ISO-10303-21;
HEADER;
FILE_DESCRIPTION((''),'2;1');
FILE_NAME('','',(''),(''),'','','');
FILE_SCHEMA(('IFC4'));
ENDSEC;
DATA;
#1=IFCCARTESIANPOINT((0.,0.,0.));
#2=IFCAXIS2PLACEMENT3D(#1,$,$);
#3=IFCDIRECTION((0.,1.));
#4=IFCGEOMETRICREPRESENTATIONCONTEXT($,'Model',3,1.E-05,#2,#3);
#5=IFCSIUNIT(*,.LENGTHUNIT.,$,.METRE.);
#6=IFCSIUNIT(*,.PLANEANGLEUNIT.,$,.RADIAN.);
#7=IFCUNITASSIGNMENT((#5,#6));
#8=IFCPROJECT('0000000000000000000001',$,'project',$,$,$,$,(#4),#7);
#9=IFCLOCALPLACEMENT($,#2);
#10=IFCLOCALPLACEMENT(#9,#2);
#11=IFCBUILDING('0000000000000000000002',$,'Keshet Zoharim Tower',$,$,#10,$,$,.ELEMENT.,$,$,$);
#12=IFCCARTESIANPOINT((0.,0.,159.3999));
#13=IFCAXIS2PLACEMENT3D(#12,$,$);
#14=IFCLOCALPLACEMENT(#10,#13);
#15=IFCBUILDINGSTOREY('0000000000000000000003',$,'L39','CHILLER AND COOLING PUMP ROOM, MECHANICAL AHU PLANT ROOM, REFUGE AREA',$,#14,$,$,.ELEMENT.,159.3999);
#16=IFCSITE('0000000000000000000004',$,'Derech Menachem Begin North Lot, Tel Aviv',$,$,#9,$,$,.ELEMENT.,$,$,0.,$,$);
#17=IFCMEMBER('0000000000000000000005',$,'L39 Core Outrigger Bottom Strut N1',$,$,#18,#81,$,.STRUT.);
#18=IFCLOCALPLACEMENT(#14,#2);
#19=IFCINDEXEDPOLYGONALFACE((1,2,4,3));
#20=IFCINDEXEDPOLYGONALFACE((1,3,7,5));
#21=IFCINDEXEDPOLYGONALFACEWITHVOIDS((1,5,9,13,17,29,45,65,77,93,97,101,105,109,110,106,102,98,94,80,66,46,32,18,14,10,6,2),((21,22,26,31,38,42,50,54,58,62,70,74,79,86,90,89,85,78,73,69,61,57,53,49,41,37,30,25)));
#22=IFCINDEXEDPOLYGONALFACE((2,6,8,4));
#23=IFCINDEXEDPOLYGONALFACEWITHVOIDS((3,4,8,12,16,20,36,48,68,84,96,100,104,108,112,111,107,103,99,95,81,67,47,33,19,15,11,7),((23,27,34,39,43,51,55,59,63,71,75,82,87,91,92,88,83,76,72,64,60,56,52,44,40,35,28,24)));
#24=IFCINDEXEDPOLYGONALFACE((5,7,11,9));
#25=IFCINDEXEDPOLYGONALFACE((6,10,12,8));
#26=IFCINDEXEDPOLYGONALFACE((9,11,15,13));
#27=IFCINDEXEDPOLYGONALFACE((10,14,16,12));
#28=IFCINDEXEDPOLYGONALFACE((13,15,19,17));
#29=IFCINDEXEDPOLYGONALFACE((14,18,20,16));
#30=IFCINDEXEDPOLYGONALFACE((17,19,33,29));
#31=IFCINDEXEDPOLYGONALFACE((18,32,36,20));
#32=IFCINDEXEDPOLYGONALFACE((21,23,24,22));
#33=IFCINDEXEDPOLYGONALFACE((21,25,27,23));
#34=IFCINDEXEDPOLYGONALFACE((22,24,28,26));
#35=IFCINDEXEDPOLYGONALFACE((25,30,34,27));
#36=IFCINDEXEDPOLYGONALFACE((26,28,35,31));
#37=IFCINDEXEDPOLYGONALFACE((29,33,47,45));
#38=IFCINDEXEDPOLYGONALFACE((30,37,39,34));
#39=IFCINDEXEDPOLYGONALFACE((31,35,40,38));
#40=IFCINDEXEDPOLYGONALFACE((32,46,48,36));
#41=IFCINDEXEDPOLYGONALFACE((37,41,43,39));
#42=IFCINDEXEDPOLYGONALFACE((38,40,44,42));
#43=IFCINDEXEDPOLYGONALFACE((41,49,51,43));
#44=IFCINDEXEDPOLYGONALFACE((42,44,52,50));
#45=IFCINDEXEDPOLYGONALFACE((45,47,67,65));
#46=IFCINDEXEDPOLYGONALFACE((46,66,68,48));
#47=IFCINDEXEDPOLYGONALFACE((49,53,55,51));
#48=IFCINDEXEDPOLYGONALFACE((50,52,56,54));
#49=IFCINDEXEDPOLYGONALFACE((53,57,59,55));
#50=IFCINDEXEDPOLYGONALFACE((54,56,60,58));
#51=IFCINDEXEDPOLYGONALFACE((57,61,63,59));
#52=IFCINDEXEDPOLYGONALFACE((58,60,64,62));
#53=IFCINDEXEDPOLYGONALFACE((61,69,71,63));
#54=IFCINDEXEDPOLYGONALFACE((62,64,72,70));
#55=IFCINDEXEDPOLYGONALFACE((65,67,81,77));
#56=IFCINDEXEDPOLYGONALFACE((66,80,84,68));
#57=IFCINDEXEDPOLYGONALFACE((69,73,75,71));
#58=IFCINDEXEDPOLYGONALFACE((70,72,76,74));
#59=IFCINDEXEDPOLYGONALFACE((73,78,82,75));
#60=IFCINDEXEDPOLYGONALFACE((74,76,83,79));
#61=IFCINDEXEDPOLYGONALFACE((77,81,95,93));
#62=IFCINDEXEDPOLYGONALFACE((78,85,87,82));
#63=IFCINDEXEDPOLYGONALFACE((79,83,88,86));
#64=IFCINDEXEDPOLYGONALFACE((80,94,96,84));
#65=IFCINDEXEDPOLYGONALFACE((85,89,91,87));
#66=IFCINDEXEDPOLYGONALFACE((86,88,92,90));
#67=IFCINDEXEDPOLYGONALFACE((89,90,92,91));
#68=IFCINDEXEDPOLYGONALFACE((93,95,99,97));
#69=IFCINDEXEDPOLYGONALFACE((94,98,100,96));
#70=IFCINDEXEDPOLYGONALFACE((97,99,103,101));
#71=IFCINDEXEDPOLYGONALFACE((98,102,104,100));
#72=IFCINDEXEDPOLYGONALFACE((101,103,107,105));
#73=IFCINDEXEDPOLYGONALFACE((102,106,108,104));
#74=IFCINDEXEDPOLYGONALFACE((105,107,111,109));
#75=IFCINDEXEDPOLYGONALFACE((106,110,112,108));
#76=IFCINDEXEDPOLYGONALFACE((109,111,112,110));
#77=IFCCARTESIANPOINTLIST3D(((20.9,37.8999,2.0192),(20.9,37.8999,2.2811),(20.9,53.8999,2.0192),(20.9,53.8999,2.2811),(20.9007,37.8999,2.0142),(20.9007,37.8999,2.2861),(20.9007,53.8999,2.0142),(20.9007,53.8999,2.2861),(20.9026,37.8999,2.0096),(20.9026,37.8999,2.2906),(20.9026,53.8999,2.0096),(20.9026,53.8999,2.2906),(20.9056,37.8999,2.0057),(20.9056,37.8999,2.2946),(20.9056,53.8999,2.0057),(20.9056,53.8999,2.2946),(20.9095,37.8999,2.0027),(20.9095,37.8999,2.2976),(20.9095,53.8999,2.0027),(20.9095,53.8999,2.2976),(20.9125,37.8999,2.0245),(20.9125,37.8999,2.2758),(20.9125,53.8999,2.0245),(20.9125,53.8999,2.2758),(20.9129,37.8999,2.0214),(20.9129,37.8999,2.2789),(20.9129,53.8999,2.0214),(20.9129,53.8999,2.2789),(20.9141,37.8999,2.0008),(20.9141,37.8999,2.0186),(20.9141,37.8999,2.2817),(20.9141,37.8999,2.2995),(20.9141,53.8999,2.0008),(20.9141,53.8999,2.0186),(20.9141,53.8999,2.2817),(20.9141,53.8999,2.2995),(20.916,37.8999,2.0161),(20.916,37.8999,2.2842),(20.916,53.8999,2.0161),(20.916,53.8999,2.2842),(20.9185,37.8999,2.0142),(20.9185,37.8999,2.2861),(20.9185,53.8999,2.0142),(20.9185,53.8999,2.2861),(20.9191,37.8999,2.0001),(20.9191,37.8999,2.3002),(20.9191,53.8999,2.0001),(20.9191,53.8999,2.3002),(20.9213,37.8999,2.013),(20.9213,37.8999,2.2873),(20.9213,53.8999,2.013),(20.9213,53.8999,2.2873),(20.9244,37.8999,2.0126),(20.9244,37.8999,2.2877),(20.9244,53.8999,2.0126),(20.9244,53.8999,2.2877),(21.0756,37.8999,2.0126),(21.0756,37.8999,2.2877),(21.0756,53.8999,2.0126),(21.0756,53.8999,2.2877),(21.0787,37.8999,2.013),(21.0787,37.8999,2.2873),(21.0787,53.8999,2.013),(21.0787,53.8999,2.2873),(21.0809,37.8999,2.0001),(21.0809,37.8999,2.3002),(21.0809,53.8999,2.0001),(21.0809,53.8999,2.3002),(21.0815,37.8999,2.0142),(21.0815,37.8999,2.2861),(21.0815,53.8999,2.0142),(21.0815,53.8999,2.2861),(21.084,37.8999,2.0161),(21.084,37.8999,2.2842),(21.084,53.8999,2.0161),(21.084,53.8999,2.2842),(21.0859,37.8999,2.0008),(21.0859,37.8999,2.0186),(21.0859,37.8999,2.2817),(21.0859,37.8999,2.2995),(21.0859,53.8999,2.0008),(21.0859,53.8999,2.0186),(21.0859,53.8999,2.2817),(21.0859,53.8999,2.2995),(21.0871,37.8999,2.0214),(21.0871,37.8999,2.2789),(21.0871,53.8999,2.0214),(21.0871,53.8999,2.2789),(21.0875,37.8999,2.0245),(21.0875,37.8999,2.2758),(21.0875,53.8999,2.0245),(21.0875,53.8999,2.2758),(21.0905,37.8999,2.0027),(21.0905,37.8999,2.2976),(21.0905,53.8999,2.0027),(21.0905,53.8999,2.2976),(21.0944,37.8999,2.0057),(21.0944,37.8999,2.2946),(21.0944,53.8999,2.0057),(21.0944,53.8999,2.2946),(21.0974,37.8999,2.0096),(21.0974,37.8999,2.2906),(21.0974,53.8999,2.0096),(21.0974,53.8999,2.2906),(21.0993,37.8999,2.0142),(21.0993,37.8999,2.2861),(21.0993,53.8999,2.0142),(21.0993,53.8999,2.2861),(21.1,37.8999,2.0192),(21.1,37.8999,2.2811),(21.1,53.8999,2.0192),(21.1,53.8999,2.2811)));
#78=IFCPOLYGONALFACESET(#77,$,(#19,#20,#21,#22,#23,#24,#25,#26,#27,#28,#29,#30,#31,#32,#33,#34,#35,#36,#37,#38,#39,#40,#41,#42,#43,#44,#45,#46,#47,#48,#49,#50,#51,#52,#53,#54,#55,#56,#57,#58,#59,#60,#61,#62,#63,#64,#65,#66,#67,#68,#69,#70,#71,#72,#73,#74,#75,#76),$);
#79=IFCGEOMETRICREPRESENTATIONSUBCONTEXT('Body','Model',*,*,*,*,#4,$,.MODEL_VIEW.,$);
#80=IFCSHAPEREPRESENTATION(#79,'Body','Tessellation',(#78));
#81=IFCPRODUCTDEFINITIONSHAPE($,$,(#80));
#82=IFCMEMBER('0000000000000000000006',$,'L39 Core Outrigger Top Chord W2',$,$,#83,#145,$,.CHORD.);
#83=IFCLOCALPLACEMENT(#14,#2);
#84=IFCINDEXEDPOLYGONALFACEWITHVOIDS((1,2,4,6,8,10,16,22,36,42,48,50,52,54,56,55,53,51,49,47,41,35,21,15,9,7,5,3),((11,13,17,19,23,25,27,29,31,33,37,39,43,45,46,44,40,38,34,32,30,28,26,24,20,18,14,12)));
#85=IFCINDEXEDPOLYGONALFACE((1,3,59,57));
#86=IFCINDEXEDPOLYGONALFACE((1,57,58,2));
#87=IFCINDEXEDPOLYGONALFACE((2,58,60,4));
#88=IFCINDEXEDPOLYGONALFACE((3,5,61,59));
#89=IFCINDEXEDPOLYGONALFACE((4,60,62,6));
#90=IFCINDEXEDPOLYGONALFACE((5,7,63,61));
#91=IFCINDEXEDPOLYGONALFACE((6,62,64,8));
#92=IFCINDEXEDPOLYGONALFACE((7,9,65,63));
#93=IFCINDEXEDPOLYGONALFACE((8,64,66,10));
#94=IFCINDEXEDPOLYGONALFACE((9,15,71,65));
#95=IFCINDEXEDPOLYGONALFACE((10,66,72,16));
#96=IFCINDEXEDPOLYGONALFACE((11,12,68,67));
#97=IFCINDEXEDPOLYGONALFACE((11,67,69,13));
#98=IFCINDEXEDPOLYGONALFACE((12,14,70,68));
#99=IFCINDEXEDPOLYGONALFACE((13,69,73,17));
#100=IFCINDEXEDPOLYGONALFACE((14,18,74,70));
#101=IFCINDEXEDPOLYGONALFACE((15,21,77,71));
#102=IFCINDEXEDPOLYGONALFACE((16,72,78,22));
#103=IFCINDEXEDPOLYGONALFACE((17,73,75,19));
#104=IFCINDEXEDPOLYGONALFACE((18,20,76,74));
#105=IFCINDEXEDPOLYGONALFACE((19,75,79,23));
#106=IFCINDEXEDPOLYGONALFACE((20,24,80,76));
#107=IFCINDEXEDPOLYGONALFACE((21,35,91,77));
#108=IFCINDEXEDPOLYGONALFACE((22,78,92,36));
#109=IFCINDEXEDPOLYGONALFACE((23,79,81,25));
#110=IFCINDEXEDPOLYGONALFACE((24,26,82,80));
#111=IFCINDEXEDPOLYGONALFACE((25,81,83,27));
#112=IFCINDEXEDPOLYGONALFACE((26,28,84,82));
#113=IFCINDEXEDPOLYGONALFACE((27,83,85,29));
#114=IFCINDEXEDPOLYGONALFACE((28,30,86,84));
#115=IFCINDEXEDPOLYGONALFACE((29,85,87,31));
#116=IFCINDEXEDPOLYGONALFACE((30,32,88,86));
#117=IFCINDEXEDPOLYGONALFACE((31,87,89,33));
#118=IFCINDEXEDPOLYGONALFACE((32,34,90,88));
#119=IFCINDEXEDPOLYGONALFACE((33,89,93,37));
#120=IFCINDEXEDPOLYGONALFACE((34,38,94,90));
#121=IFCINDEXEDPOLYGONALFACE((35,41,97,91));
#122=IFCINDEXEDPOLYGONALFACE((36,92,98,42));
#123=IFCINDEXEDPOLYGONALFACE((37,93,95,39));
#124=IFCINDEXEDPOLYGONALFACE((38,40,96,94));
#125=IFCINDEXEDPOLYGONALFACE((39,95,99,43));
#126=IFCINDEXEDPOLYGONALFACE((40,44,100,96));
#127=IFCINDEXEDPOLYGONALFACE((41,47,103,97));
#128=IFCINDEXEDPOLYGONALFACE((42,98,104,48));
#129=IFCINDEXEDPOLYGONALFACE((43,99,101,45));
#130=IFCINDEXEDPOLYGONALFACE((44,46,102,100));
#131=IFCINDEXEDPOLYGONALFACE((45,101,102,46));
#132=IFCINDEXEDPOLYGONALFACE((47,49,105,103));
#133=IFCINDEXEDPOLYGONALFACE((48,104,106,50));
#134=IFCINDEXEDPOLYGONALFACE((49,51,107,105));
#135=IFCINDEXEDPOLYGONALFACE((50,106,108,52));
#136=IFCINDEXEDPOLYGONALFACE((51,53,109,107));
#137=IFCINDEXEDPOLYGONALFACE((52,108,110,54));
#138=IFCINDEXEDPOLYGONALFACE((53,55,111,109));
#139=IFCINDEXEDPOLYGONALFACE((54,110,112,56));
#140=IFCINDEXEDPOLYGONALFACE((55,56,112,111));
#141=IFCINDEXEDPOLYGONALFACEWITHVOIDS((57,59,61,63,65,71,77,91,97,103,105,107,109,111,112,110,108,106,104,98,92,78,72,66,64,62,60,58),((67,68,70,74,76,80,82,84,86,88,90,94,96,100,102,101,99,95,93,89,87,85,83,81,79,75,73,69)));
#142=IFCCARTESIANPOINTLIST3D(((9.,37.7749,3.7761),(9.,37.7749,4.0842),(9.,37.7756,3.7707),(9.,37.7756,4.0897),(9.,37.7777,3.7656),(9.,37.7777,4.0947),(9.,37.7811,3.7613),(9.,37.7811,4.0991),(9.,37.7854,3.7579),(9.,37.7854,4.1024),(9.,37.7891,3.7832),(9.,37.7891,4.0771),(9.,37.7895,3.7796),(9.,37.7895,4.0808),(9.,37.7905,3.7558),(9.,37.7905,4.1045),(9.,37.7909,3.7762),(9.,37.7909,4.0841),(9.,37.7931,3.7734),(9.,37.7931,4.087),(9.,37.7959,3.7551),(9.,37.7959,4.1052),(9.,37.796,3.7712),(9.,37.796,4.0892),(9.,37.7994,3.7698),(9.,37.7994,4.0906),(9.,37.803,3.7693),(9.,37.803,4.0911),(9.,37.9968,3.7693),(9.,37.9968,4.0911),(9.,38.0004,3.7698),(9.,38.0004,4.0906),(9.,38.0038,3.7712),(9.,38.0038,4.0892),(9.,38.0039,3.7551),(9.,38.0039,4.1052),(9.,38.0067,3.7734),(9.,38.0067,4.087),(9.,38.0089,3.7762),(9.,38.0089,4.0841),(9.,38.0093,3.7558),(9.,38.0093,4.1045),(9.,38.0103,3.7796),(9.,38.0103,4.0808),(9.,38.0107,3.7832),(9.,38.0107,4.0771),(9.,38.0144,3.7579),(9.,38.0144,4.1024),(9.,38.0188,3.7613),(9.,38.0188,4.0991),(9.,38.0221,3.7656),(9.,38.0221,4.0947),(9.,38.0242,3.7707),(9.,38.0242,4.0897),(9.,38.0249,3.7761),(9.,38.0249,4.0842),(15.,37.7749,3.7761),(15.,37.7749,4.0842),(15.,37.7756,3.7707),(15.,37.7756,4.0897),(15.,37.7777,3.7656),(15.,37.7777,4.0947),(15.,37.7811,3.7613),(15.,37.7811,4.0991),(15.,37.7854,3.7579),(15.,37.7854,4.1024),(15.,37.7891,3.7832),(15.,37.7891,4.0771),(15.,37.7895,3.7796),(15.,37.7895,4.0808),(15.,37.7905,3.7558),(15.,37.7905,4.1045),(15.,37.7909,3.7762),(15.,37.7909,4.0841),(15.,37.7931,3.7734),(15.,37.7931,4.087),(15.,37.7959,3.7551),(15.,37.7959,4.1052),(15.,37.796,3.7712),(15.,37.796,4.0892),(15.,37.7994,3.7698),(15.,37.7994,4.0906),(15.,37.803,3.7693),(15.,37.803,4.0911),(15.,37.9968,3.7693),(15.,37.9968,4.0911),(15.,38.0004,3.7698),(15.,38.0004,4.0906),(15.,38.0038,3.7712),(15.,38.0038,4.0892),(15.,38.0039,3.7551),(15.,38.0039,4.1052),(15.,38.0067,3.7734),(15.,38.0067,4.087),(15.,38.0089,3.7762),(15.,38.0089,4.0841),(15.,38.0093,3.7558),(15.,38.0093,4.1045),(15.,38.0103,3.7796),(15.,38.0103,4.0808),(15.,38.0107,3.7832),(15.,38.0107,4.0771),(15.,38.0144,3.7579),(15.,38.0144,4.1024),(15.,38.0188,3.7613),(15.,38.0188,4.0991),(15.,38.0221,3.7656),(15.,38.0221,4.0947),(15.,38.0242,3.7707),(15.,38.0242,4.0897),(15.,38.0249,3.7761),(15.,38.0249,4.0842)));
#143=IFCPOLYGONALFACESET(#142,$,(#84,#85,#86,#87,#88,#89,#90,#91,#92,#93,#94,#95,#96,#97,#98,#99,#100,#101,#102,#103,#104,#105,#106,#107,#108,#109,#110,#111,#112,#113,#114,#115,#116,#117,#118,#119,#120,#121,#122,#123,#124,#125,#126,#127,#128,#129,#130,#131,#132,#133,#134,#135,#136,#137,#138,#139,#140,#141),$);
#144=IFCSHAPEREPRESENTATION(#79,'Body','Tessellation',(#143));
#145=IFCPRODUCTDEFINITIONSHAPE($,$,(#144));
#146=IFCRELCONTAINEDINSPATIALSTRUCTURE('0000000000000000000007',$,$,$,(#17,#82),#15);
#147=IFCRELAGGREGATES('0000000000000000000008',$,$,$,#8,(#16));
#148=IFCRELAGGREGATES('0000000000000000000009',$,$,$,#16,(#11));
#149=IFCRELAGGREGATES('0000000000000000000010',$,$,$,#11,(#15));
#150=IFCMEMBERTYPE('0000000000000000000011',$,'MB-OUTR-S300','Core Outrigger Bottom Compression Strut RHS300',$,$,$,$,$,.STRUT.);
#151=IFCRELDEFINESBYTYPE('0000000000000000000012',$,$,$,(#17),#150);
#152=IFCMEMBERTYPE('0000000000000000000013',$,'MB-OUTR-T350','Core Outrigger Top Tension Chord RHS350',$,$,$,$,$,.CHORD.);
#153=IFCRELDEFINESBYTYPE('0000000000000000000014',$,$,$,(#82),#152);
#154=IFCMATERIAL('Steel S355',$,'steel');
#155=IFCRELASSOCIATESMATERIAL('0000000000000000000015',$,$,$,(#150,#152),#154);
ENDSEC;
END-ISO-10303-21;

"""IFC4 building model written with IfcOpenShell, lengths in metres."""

from ifc_helpers import new_model, si_unit, direction, frame, origin, origin_2d, place, context, subcontext, project, spatial, hollow_rectangle, extrude, material, material_profile, profile_set, type_object, element, save


model = new_model("IFC4")

# Units and contexts
model_context = context("Model", 3, precision=1e-05, world=origin(), true_north=direction((0.0, 1.0)))
body_context = subcontext(model_context, "Body", "Model", "MODEL_VIEW")
ifc_project = project(units=[si_unit("LENGTHUNIT", "METRE"), si_unit("PLANEANGLEUNIT", "RADIAN")], contexts=[model_context])

# Site, building, storey
site_placement = place(None, origin())
site = spatial("IfcSite", under=ifc_project, at=site_placement, Name="Derech Menachem Begin North Lot, Tel Aviv", CompositionType="ELEMENT", RefElevation=0.0)
building_placement = place(site_placement, origin())
building = spatial("IfcBuilding", under=site, at=building_placement, Name="Keshet Zoharim Tower", CompositionType="ELEMENT")
storey_placement = place(building_placement, frame((0.0, 0.0, 159.3999)))
storey = spatial("IfcBuildingStorey", under=building, at=storey_placement, Name="L39", Description="CHILLER AND COOLING PUMP ROOM, MECHANICAL AHU PLANT ROOM, REFUGE AREA", CompositionType="ELEMENT", Elevation=159.3999)

# Shared definitions
ifc_material_1 = material(Name="Steel S355", Category="steel")

# Members
ifc_material_profile_1 = material_profile(ifc_material_1, hollow_rectangle(XDim=0.2, YDim=0.3, WallThickness=0.0125, InnerFilletRadius=0.012, OuterFilletRadius=0.019, at=origin_2d()), Name="RHS300x200x12.5")
ifc_profile_set_1 = profile_set([ifc_material_profile_1], Name="Steel S355")
member_type_1 = type_object("IfcMemberType", Name="MB-OUTR-S300", Description="Core Outrigger Bottom Compression Strut RHS300", PredefinedType="STRUT", material=ifc_profile_set_1)
member_1_placement = place(storey_placement, frame((21.0, 37.8999, 2.1501), z_axis=(0.0, 1.0, 0.0), x_axis=(-1.0, 0.0, 0.0)))
element("IfcMember", 1, at=member_1_placement, inside=storey, type_object=member_type_1, Name="L39 Core Outrigger Bottom Strut N1", PredefinedType="STRUT", context=body_context, shape_type="SweptSolid", body=[
    extrude(hollow_rectangle(XDim=0.2, YDim=0.3, WallThickness=0.0125, InnerFilletRadius=0.012, OuterFilletRadius=0.019, at=origin_2d()), origin(), (0.0, 0.0, 1.0), 16.0),
])
ifc_material_profile_2 = material_profile(ifc_material_1, hollow_rectangle(XDim=0.25, YDim=0.3501, WallThickness=0.0142, InnerFilletRadius=0.0139, OuterFilletRadius=0.021, at=origin_2d()), Name="RHS350x250x14.2")
ifc_profile_set_2 = profile_set([ifc_material_profile_2], Name="Steel S355")
member_type_2 = type_object("IfcMemberType", Name="MB-OUTR-T350", Description="Core Outrigger Top Tension Chord RHS350", PredefinedType="CHORD", material=ifc_profile_set_2)
member_2_placement = place(storey_placement, frame((15.0, 37.8999, 3.9302), z_axis=(-1.0, 0.0, 0.0), x_axis=(0.0, -1.0, 0.0)))
element("IfcMember", 2, at=member_2_placement, inside=storey, type_object=member_type_2, Name="L39 Core Outrigger Top Chord W2", PredefinedType="CHORD", context=body_context, shape_type="SweptSolid", body=[
    extrude(hollow_rectangle(XDim=0.25, YDim=0.3501, WallThickness=0.0142, InnerFilletRadius=0.0139, OuterFilletRadius=0.021, at=origin_2d()), origin(), (0.0, 0.0, 1.0), 6.0),
])

save(model, "model.ifc")
